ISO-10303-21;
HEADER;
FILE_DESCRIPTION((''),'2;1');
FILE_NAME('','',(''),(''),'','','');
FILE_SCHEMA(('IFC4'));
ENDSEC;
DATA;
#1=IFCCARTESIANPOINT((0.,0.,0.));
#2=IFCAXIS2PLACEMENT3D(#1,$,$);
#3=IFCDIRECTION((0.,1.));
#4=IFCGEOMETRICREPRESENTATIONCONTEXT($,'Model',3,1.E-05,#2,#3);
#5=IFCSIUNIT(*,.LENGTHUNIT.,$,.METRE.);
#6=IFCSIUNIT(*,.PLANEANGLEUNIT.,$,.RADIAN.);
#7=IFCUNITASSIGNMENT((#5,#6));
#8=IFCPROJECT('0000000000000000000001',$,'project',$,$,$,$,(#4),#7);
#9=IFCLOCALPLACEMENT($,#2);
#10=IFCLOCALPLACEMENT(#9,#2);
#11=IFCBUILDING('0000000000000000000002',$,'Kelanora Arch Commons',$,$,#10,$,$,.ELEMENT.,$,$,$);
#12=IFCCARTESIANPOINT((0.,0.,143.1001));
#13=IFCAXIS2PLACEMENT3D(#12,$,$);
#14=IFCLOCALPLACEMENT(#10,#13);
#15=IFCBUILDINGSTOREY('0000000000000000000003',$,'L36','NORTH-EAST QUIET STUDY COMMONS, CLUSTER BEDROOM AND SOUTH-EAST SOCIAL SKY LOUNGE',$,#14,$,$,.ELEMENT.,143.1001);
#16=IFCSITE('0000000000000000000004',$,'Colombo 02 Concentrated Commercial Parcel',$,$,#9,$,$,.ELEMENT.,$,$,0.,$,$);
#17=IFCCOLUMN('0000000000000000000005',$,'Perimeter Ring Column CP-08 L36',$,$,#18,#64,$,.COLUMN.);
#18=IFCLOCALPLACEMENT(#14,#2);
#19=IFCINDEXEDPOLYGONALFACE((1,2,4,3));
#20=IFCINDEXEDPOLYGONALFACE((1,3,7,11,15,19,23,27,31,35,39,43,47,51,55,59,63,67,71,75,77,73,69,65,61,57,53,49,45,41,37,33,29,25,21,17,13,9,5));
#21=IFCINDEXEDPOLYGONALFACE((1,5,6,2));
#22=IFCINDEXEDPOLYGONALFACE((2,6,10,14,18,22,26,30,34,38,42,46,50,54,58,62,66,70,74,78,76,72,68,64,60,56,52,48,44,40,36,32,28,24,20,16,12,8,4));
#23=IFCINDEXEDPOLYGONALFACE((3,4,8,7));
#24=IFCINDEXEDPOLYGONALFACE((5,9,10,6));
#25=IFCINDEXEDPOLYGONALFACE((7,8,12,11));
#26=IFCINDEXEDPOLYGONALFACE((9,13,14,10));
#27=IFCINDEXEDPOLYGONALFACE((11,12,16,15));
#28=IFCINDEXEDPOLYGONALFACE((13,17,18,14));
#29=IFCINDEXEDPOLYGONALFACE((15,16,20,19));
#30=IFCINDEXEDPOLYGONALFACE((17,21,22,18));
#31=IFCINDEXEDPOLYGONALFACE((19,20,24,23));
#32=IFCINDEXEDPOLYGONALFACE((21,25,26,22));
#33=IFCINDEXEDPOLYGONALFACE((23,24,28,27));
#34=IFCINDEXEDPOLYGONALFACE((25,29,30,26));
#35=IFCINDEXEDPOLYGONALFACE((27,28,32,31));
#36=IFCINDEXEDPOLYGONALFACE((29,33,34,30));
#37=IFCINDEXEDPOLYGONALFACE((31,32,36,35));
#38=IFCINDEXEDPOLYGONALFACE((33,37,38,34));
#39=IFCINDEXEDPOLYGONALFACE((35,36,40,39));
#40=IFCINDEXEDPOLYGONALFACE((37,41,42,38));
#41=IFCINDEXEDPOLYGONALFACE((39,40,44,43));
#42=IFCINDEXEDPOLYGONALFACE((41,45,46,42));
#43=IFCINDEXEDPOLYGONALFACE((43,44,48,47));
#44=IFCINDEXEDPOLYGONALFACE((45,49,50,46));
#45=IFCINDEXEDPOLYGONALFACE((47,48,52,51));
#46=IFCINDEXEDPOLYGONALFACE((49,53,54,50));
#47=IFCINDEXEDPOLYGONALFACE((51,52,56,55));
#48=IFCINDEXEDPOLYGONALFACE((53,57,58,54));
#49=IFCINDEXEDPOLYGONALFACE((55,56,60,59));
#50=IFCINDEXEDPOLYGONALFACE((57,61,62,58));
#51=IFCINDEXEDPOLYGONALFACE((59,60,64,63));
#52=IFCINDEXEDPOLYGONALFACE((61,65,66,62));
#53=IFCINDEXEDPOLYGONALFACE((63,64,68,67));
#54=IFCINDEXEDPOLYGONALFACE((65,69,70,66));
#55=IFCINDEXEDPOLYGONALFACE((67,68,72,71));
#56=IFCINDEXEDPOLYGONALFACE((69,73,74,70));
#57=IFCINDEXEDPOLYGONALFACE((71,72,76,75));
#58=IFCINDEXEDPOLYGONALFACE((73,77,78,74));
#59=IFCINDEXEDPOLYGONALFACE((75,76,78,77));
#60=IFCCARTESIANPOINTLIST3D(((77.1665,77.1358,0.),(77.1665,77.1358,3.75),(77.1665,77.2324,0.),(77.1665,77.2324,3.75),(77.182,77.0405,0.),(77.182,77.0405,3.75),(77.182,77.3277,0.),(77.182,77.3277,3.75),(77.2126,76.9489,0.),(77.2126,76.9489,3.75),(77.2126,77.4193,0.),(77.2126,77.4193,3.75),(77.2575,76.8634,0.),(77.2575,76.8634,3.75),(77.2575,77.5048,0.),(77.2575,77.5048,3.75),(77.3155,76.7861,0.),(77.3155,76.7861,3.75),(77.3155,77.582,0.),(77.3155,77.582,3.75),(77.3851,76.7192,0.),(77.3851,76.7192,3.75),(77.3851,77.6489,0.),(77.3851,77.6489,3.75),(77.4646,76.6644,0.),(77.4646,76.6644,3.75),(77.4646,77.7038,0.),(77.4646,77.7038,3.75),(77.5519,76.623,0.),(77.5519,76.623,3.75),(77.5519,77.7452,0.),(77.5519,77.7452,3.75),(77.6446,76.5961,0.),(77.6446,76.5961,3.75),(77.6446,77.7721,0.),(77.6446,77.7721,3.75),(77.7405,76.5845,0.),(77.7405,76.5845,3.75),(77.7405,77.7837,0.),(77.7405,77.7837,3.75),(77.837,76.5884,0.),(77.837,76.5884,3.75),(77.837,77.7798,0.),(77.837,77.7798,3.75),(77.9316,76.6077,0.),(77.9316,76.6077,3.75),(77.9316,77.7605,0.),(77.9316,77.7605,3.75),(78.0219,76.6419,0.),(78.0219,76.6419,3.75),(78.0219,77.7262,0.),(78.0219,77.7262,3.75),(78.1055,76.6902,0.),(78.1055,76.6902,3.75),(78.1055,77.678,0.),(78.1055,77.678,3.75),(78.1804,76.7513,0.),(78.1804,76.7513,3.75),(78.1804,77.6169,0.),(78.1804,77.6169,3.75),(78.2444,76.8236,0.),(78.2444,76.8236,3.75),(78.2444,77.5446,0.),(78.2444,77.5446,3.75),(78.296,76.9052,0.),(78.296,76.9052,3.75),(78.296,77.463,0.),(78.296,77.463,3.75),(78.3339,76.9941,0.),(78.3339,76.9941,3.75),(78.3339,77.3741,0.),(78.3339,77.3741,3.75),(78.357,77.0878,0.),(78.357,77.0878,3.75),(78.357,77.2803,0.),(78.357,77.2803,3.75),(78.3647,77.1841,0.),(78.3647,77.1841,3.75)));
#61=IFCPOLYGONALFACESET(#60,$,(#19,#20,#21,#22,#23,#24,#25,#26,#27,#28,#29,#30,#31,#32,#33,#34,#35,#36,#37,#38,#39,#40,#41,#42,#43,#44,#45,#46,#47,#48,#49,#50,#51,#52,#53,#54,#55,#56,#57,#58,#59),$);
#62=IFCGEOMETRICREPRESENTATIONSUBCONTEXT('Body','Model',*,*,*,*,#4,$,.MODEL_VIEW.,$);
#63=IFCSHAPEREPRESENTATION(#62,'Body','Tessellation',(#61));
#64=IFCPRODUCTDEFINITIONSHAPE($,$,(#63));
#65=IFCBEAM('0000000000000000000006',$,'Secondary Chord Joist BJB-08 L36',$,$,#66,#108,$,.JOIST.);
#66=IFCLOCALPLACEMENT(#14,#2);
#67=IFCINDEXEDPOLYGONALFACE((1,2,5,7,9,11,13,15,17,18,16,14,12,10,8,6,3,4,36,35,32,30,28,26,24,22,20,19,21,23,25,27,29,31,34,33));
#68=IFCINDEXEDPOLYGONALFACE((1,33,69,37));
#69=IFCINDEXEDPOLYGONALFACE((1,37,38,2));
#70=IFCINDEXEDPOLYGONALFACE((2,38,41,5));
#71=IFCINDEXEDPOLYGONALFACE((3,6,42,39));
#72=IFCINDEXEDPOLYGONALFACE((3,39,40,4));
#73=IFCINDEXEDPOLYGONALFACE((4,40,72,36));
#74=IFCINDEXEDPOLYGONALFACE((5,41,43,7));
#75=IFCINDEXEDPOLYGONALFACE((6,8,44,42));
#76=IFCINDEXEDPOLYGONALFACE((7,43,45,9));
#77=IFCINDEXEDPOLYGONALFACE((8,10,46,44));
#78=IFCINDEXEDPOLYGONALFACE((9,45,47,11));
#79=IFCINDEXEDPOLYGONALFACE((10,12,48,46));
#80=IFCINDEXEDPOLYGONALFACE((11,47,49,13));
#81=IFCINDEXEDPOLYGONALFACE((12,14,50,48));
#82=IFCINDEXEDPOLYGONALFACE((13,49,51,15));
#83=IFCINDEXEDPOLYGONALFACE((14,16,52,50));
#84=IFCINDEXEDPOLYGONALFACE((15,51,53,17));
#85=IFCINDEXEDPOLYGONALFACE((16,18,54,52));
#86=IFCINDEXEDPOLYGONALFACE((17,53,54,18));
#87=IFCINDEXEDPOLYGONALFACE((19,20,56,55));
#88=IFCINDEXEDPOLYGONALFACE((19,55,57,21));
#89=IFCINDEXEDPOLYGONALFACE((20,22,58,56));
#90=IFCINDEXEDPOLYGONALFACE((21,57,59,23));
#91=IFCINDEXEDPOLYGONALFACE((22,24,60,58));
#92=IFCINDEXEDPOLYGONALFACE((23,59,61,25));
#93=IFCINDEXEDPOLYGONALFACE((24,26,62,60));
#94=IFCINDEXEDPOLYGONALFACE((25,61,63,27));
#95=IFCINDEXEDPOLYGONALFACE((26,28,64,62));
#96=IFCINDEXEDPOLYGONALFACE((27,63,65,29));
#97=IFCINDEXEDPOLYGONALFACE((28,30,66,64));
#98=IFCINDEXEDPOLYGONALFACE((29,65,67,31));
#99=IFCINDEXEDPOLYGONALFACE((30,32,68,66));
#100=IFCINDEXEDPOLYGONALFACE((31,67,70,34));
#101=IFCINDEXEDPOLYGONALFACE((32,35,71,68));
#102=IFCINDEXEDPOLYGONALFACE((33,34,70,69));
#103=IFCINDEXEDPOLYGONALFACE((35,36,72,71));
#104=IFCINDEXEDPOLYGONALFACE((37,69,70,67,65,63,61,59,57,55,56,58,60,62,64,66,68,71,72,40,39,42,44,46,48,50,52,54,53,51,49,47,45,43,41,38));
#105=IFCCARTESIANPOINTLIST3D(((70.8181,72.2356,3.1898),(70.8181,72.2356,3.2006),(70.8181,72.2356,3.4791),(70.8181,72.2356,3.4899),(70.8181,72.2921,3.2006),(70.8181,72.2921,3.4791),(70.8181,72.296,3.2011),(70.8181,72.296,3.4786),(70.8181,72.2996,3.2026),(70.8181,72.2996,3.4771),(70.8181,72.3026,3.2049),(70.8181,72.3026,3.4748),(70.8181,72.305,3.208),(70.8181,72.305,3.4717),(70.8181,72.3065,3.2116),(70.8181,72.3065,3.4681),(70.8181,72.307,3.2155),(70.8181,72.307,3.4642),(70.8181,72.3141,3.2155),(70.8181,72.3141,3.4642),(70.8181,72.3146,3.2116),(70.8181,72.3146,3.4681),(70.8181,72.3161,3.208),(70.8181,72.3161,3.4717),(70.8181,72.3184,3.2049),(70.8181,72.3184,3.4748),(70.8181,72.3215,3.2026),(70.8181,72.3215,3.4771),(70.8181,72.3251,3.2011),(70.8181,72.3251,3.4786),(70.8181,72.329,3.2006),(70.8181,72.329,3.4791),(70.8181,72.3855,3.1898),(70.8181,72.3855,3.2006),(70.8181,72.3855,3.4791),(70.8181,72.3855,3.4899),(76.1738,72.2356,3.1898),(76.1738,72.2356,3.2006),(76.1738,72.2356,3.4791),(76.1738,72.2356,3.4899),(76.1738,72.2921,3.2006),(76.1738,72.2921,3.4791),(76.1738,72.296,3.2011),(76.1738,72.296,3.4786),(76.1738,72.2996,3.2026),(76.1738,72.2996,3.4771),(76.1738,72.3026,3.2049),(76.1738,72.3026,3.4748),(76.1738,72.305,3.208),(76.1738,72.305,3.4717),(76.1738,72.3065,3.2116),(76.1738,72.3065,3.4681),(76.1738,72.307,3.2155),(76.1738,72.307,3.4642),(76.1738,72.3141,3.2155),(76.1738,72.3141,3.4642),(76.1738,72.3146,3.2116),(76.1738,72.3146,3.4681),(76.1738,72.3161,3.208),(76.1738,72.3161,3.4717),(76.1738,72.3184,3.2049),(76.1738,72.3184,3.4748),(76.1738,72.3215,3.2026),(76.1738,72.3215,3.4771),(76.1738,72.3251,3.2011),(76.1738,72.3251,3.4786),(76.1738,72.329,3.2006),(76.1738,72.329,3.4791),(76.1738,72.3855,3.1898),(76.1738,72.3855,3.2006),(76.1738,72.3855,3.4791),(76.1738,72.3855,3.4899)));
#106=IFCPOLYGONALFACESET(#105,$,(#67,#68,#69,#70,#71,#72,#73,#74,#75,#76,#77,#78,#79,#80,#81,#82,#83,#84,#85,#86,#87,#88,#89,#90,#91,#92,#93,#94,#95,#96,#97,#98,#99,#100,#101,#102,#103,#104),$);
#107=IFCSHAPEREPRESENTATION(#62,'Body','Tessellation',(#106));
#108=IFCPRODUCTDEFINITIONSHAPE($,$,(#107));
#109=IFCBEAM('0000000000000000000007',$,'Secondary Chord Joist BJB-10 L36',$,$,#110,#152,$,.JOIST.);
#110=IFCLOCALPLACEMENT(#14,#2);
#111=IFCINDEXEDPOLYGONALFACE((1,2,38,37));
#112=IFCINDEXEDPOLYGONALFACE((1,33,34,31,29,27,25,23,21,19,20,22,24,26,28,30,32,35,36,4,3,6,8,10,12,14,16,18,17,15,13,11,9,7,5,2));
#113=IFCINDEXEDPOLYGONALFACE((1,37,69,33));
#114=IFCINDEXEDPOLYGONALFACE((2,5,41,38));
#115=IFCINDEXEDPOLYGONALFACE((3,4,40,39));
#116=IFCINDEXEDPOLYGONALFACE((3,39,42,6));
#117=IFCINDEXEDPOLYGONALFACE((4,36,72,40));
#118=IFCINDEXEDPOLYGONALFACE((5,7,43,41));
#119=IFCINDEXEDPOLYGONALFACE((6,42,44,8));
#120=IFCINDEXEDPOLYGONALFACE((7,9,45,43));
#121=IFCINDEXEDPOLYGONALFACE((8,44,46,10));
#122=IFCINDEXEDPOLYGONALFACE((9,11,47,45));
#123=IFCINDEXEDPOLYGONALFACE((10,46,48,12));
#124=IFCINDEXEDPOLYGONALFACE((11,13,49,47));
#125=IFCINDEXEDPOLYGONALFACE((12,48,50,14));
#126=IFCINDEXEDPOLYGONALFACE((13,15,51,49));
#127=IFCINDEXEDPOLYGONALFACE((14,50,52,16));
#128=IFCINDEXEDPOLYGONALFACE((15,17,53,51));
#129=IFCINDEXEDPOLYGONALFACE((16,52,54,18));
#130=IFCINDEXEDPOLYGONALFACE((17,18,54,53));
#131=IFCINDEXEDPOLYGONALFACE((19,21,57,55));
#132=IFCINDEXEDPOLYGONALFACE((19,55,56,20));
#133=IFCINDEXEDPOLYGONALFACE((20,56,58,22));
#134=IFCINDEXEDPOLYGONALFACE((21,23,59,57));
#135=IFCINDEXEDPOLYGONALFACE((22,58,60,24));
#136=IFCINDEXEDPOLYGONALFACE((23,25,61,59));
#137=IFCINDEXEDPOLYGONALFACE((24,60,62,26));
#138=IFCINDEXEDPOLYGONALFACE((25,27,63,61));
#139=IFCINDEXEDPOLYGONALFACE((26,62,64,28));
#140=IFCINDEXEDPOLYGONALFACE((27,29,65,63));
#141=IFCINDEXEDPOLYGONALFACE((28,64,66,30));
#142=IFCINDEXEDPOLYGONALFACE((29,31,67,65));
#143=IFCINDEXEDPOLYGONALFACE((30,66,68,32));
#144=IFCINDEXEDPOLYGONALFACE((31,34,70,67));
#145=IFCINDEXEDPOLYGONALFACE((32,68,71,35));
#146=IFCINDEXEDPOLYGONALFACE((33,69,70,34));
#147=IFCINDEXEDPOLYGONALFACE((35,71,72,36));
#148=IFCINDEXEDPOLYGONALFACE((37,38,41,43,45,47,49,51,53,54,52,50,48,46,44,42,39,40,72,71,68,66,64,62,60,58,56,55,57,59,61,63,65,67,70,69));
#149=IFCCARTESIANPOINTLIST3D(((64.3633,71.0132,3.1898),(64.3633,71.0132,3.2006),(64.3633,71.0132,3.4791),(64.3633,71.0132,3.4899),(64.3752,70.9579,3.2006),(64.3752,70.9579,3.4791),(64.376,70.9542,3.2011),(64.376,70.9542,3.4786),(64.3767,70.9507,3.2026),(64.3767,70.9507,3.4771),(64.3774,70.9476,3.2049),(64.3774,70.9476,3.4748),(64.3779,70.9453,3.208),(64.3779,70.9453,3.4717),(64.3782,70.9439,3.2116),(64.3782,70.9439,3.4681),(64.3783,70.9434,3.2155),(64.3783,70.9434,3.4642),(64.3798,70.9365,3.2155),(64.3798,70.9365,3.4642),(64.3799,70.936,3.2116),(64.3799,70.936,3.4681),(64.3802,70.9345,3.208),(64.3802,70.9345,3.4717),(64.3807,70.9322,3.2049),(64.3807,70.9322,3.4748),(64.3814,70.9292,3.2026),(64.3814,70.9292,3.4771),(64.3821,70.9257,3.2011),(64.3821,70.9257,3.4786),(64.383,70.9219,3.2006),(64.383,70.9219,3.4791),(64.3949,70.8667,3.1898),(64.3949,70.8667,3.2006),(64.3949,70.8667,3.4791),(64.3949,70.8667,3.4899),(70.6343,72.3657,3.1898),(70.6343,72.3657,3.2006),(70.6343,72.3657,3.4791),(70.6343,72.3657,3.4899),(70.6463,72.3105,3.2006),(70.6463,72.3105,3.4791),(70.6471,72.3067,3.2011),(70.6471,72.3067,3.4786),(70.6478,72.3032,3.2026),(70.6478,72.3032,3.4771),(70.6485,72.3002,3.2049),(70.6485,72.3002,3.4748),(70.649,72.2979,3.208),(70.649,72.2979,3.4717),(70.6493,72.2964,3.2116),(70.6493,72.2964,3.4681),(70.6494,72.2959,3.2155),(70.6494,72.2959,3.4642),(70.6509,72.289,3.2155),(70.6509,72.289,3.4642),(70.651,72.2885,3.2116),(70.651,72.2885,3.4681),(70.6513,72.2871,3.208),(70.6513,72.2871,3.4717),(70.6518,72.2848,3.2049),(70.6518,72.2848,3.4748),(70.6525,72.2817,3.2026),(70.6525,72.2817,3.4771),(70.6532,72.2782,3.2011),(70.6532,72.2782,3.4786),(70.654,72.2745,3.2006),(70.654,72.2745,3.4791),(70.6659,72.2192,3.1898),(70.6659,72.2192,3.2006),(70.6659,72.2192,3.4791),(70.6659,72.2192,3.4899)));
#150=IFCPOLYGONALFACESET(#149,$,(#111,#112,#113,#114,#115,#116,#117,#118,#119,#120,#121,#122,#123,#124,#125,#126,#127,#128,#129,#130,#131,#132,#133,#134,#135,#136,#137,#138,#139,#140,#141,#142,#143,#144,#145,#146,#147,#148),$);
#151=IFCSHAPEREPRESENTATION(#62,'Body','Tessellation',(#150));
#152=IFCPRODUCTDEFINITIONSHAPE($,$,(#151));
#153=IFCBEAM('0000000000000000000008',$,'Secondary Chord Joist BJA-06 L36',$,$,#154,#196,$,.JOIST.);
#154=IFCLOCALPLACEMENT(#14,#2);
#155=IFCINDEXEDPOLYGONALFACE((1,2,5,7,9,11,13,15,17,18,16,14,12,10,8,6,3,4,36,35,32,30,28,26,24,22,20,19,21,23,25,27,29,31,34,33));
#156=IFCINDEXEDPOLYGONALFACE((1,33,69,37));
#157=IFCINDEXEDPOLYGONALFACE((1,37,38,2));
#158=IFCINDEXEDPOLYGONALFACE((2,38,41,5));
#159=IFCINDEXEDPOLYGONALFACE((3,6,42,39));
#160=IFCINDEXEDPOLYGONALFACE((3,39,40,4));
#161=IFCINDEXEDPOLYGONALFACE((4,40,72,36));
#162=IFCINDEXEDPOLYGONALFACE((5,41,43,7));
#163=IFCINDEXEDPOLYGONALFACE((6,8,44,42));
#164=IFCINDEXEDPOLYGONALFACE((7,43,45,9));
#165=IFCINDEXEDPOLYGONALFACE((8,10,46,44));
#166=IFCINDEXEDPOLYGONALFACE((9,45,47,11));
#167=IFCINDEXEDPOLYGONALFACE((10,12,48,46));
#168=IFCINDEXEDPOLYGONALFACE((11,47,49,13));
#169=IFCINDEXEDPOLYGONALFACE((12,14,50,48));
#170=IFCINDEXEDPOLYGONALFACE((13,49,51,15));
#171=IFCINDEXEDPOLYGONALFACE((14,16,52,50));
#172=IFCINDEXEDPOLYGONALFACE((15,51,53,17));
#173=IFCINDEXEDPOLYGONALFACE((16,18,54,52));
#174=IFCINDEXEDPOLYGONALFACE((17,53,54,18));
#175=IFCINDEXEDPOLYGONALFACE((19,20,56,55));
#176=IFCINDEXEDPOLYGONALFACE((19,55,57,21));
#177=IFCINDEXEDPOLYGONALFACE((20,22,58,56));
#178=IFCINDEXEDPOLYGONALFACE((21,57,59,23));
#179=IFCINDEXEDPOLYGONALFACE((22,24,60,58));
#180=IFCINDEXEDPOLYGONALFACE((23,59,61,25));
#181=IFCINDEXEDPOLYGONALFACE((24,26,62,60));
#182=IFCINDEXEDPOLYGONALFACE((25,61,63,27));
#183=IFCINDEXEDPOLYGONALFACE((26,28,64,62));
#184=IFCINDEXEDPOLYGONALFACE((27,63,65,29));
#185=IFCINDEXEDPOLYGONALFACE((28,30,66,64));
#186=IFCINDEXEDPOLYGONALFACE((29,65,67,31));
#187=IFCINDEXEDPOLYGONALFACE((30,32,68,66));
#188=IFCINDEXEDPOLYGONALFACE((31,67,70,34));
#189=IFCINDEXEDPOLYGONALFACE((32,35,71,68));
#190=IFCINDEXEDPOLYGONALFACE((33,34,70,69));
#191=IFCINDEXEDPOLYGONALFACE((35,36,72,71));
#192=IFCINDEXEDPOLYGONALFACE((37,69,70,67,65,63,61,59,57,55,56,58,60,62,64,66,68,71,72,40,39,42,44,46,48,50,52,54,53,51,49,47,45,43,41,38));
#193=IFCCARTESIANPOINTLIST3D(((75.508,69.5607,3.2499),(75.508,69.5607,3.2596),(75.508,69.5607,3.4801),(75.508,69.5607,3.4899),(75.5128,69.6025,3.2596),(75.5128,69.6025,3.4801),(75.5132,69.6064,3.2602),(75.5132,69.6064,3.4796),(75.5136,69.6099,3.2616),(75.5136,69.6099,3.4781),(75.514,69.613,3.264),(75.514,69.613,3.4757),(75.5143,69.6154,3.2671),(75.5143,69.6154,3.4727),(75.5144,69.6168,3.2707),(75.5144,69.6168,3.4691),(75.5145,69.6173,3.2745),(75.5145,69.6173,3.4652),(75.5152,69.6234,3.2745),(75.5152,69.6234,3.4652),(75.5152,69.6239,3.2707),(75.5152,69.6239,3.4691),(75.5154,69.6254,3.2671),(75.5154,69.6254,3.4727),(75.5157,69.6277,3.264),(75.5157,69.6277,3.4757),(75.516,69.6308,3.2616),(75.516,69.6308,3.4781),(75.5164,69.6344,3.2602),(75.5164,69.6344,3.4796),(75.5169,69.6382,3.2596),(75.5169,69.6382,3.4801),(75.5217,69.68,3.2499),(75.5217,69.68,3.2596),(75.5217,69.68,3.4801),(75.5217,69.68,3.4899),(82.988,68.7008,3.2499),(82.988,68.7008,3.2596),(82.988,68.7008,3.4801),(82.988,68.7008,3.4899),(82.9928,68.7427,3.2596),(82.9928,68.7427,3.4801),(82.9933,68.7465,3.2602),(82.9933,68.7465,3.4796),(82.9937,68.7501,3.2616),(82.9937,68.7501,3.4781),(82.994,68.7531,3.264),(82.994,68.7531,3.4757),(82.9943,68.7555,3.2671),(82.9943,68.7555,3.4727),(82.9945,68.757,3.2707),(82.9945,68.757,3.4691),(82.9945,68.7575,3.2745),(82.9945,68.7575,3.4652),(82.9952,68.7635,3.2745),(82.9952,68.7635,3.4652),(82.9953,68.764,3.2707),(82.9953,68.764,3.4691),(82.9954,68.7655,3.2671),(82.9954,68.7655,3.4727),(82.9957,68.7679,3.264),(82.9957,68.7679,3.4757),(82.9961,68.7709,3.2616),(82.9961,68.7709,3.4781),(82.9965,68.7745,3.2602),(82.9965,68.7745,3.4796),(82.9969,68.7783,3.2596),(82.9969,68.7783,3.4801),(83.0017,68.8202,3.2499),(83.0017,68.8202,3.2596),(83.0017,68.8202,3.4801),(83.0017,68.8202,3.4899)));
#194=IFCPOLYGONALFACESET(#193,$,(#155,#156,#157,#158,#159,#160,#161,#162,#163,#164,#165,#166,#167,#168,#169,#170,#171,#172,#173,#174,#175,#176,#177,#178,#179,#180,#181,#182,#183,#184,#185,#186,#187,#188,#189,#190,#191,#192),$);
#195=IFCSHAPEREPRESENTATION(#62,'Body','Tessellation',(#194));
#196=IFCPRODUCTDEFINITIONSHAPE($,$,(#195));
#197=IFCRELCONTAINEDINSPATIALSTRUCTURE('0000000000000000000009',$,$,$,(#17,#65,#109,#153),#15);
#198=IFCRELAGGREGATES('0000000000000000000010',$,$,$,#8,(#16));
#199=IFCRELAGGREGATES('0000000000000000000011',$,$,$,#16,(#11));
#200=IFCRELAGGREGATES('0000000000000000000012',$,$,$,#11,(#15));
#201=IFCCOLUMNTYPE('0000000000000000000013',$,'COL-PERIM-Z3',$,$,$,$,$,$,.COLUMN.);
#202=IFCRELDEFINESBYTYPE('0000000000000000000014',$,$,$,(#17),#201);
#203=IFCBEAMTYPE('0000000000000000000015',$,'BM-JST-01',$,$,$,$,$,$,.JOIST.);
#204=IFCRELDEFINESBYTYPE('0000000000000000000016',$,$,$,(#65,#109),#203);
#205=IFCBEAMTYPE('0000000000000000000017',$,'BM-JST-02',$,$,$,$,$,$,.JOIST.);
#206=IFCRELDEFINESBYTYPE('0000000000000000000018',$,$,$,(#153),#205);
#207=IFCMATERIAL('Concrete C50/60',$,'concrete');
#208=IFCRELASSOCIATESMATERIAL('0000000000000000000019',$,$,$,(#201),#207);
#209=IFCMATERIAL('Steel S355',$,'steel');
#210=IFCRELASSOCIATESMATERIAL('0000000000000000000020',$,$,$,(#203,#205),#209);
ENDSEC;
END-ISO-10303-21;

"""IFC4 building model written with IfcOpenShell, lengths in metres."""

from ifc_helpers import new_model, si_unit, direction, frame, origin, origin_2d, place, context, subcontext, project, spatial, circle, i_section, extrude, material, material_profile, profile_set, type_object, element, save


model = new_model("IFC4")

# Units and contexts
model_context = context("Model", 3, precision=1e-05, world=origin(), true_north=direction((0.0, 1.0)))
body_context = subcontext(model_context, "Body", "Model", "MODEL_VIEW")
ifc_project = project(units=[si_unit("LENGTHUNIT", "METRE"), si_unit("PLANEANGLEUNIT", "RADIAN")], contexts=[model_context])

# Site, building, storey
site_placement = place(None, origin())
site = spatial("IfcSite", under=ifc_project, at=site_placement, Name="Colombo 02 Concentrated Commercial Parcel", CompositionType="ELEMENT", RefElevation=0.0)
building_placement = place(site_placement, origin())
building = spatial("IfcBuilding", under=site, at=building_placement, Name="Kelanora Arch Commons", CompositionType="ELEMENT")
storey_placement = place(building_placement, frame((0.0, 0.0, 143.1001)))
storey = spatial("IfcBuildingStorey", under=building, at=storey_placement, Name="L36", Description="NORTH-EAST QUIET STUDY COMMONS, CLUSTER BEDROOM AND SOUTH-EAST SOCIAL SKY LOUNGE", CompositionType="ELEMENT", Elevation=143.1001)

# Column
ifc_material_1 = material(Name="Concrete C50/60", Category="concrete")
ifc_material_profile_1 = material_profile(ifc_material_1, circle(Radius=0.6001, at=origin_2d()), Name="RCC1200")
ifc_profile_set_1 = profile_set([ifc_material_profile_1], Name="Concrete C50/60")
column_type = type_object("IfcColumnType", Name="COL-PERIM-Z3", PredefinedType="COLUMN", material=ifc_profile_set_1)
column_placement = place(storey_placement, frame((77.7646, 77.1841, 0.0), z_axis=(0.0, 0.0, 1.0), x_axis=(1.0, 0.0, 0.0)))
element("IfcColumn", 1, at=column_placement, inside=storey, type_object=column_type, Name="Perimeter Ring Column CP-08 L36", PredefinedType="COLUMN", context=body_context, shape_type="SweptSolid", body=[
    extrude(circle(Radius=0.6001, at=origin_2d()), origin(), (0.0, 0.0, 1.0), 3.75),
])

# Beams
ifc_material_2 = material(Name="Steel S355", Category="steel")
ifc_material_profile_2 = material_profile(ifc_material_2, i_section(OverallWidth=0.1499, OverallDepth=0.3, WebThickness=0.0071, FlangeThickness=0.0107, FilletRadius=0.0149, at=origin_2d()), Name="IPE300")
ifc_profile_set_2 = profile_set([ifc_material_profile_2], Name="Steel S355")
beam_type_1 = type_object("IfcBeamType", Name="BM-JST-01", PredefinedType="JOIST", material=ifc_profile_set_2)
beam_1_placement = place(storey_placement, frame((76.1738, 72.3105, 3.3398), z_axis=(-1.0, 0.0, 0.0), x_axis=(0.0, -1.0, 0.0)))
element("IfcBeam", 2, at=beam_1_placement, inside=storey, type_object=beam_type_1, Name="Secondary Chord Joist BJB-08 L36", PredefinedType="JOIST", context=body_context, shape_type="SweptSolid", body=[
    extrude(i_section(OverallWidth=0.1499, OverallDepth=0.3, WebThickness=0.0071, FlangeThickness=0.0107, FilletRadius=0.0149, at=origin_2d()), origin(), (0.0, 0.0, 1.0), 5.3557),
])
beam_2_placement = place(storey_placement, frame((70.6501, 72.2925, 3.3398), z_axis=(-0.977522, -0.210834, 0.0), x_axis=(0.210834, -0.977522, 0.0)))
element("IfcBeam", 3, at=beam_2_placement, inside=storey, type_object=beam_type_1, Name="Secondary Chord Joist BJB-10 L36", PredefinedType="JOIST", context=body_context, shape_type="SweptSolid", body=[
    extrude(i_section(OverallWidth=0.1499, OverallDepth=0.3, WebThickness=0.0071, FlangeThickness=0.0107, FilletRadius=0.0149, at=origin_2d()), origin(), (0.0, 0.0, 1.0), 6.4153),
])
ifc_material_profile_3 = material_profile(ifc_material_2, i_section(OverallWidth=0.1201, OverallDepth=0.24, WebThickness=0.0061, FlangeThickness=0.0098, FilletRadius=0.0149, at=origin_2d()), Name="IPE240")
ifc_profile_set_3 = profile_set([ifc_material_profile_3], Name="Steel S355")
beam_type_2 = type_object("IfcBeamType", Name="BM-JST-02", PredefinedType="JOIST", material=ifc_profile_set_3)
beam_3_placement = place(storey_placement, frame((82.9949, 68.7605, 3.3699), z_axis=(-0.993457, 0.114203, 0.0), x_axis=(-0.114203, -0.993457, 0.0)))
element("IfcBeam", 4, at=beam_3_placement, inside=storey, type_object=beam_type_2, Name="Secondary Chord Joist BJA-06 L36", PredefinedType="JOIST", context=body_context, shape_type="SweptSolid", body=[
    extrude(i_section(OverallWidth=0.1201, OverallDepth=0.24, WebThickness=0.0061, FlangeThickness=0.0098, FilletRadius=0.0149, at=origin_2d()), origin(), (0.0, 0.0, 1.0), 7.5293),
])

save(model, "model.ifc")
